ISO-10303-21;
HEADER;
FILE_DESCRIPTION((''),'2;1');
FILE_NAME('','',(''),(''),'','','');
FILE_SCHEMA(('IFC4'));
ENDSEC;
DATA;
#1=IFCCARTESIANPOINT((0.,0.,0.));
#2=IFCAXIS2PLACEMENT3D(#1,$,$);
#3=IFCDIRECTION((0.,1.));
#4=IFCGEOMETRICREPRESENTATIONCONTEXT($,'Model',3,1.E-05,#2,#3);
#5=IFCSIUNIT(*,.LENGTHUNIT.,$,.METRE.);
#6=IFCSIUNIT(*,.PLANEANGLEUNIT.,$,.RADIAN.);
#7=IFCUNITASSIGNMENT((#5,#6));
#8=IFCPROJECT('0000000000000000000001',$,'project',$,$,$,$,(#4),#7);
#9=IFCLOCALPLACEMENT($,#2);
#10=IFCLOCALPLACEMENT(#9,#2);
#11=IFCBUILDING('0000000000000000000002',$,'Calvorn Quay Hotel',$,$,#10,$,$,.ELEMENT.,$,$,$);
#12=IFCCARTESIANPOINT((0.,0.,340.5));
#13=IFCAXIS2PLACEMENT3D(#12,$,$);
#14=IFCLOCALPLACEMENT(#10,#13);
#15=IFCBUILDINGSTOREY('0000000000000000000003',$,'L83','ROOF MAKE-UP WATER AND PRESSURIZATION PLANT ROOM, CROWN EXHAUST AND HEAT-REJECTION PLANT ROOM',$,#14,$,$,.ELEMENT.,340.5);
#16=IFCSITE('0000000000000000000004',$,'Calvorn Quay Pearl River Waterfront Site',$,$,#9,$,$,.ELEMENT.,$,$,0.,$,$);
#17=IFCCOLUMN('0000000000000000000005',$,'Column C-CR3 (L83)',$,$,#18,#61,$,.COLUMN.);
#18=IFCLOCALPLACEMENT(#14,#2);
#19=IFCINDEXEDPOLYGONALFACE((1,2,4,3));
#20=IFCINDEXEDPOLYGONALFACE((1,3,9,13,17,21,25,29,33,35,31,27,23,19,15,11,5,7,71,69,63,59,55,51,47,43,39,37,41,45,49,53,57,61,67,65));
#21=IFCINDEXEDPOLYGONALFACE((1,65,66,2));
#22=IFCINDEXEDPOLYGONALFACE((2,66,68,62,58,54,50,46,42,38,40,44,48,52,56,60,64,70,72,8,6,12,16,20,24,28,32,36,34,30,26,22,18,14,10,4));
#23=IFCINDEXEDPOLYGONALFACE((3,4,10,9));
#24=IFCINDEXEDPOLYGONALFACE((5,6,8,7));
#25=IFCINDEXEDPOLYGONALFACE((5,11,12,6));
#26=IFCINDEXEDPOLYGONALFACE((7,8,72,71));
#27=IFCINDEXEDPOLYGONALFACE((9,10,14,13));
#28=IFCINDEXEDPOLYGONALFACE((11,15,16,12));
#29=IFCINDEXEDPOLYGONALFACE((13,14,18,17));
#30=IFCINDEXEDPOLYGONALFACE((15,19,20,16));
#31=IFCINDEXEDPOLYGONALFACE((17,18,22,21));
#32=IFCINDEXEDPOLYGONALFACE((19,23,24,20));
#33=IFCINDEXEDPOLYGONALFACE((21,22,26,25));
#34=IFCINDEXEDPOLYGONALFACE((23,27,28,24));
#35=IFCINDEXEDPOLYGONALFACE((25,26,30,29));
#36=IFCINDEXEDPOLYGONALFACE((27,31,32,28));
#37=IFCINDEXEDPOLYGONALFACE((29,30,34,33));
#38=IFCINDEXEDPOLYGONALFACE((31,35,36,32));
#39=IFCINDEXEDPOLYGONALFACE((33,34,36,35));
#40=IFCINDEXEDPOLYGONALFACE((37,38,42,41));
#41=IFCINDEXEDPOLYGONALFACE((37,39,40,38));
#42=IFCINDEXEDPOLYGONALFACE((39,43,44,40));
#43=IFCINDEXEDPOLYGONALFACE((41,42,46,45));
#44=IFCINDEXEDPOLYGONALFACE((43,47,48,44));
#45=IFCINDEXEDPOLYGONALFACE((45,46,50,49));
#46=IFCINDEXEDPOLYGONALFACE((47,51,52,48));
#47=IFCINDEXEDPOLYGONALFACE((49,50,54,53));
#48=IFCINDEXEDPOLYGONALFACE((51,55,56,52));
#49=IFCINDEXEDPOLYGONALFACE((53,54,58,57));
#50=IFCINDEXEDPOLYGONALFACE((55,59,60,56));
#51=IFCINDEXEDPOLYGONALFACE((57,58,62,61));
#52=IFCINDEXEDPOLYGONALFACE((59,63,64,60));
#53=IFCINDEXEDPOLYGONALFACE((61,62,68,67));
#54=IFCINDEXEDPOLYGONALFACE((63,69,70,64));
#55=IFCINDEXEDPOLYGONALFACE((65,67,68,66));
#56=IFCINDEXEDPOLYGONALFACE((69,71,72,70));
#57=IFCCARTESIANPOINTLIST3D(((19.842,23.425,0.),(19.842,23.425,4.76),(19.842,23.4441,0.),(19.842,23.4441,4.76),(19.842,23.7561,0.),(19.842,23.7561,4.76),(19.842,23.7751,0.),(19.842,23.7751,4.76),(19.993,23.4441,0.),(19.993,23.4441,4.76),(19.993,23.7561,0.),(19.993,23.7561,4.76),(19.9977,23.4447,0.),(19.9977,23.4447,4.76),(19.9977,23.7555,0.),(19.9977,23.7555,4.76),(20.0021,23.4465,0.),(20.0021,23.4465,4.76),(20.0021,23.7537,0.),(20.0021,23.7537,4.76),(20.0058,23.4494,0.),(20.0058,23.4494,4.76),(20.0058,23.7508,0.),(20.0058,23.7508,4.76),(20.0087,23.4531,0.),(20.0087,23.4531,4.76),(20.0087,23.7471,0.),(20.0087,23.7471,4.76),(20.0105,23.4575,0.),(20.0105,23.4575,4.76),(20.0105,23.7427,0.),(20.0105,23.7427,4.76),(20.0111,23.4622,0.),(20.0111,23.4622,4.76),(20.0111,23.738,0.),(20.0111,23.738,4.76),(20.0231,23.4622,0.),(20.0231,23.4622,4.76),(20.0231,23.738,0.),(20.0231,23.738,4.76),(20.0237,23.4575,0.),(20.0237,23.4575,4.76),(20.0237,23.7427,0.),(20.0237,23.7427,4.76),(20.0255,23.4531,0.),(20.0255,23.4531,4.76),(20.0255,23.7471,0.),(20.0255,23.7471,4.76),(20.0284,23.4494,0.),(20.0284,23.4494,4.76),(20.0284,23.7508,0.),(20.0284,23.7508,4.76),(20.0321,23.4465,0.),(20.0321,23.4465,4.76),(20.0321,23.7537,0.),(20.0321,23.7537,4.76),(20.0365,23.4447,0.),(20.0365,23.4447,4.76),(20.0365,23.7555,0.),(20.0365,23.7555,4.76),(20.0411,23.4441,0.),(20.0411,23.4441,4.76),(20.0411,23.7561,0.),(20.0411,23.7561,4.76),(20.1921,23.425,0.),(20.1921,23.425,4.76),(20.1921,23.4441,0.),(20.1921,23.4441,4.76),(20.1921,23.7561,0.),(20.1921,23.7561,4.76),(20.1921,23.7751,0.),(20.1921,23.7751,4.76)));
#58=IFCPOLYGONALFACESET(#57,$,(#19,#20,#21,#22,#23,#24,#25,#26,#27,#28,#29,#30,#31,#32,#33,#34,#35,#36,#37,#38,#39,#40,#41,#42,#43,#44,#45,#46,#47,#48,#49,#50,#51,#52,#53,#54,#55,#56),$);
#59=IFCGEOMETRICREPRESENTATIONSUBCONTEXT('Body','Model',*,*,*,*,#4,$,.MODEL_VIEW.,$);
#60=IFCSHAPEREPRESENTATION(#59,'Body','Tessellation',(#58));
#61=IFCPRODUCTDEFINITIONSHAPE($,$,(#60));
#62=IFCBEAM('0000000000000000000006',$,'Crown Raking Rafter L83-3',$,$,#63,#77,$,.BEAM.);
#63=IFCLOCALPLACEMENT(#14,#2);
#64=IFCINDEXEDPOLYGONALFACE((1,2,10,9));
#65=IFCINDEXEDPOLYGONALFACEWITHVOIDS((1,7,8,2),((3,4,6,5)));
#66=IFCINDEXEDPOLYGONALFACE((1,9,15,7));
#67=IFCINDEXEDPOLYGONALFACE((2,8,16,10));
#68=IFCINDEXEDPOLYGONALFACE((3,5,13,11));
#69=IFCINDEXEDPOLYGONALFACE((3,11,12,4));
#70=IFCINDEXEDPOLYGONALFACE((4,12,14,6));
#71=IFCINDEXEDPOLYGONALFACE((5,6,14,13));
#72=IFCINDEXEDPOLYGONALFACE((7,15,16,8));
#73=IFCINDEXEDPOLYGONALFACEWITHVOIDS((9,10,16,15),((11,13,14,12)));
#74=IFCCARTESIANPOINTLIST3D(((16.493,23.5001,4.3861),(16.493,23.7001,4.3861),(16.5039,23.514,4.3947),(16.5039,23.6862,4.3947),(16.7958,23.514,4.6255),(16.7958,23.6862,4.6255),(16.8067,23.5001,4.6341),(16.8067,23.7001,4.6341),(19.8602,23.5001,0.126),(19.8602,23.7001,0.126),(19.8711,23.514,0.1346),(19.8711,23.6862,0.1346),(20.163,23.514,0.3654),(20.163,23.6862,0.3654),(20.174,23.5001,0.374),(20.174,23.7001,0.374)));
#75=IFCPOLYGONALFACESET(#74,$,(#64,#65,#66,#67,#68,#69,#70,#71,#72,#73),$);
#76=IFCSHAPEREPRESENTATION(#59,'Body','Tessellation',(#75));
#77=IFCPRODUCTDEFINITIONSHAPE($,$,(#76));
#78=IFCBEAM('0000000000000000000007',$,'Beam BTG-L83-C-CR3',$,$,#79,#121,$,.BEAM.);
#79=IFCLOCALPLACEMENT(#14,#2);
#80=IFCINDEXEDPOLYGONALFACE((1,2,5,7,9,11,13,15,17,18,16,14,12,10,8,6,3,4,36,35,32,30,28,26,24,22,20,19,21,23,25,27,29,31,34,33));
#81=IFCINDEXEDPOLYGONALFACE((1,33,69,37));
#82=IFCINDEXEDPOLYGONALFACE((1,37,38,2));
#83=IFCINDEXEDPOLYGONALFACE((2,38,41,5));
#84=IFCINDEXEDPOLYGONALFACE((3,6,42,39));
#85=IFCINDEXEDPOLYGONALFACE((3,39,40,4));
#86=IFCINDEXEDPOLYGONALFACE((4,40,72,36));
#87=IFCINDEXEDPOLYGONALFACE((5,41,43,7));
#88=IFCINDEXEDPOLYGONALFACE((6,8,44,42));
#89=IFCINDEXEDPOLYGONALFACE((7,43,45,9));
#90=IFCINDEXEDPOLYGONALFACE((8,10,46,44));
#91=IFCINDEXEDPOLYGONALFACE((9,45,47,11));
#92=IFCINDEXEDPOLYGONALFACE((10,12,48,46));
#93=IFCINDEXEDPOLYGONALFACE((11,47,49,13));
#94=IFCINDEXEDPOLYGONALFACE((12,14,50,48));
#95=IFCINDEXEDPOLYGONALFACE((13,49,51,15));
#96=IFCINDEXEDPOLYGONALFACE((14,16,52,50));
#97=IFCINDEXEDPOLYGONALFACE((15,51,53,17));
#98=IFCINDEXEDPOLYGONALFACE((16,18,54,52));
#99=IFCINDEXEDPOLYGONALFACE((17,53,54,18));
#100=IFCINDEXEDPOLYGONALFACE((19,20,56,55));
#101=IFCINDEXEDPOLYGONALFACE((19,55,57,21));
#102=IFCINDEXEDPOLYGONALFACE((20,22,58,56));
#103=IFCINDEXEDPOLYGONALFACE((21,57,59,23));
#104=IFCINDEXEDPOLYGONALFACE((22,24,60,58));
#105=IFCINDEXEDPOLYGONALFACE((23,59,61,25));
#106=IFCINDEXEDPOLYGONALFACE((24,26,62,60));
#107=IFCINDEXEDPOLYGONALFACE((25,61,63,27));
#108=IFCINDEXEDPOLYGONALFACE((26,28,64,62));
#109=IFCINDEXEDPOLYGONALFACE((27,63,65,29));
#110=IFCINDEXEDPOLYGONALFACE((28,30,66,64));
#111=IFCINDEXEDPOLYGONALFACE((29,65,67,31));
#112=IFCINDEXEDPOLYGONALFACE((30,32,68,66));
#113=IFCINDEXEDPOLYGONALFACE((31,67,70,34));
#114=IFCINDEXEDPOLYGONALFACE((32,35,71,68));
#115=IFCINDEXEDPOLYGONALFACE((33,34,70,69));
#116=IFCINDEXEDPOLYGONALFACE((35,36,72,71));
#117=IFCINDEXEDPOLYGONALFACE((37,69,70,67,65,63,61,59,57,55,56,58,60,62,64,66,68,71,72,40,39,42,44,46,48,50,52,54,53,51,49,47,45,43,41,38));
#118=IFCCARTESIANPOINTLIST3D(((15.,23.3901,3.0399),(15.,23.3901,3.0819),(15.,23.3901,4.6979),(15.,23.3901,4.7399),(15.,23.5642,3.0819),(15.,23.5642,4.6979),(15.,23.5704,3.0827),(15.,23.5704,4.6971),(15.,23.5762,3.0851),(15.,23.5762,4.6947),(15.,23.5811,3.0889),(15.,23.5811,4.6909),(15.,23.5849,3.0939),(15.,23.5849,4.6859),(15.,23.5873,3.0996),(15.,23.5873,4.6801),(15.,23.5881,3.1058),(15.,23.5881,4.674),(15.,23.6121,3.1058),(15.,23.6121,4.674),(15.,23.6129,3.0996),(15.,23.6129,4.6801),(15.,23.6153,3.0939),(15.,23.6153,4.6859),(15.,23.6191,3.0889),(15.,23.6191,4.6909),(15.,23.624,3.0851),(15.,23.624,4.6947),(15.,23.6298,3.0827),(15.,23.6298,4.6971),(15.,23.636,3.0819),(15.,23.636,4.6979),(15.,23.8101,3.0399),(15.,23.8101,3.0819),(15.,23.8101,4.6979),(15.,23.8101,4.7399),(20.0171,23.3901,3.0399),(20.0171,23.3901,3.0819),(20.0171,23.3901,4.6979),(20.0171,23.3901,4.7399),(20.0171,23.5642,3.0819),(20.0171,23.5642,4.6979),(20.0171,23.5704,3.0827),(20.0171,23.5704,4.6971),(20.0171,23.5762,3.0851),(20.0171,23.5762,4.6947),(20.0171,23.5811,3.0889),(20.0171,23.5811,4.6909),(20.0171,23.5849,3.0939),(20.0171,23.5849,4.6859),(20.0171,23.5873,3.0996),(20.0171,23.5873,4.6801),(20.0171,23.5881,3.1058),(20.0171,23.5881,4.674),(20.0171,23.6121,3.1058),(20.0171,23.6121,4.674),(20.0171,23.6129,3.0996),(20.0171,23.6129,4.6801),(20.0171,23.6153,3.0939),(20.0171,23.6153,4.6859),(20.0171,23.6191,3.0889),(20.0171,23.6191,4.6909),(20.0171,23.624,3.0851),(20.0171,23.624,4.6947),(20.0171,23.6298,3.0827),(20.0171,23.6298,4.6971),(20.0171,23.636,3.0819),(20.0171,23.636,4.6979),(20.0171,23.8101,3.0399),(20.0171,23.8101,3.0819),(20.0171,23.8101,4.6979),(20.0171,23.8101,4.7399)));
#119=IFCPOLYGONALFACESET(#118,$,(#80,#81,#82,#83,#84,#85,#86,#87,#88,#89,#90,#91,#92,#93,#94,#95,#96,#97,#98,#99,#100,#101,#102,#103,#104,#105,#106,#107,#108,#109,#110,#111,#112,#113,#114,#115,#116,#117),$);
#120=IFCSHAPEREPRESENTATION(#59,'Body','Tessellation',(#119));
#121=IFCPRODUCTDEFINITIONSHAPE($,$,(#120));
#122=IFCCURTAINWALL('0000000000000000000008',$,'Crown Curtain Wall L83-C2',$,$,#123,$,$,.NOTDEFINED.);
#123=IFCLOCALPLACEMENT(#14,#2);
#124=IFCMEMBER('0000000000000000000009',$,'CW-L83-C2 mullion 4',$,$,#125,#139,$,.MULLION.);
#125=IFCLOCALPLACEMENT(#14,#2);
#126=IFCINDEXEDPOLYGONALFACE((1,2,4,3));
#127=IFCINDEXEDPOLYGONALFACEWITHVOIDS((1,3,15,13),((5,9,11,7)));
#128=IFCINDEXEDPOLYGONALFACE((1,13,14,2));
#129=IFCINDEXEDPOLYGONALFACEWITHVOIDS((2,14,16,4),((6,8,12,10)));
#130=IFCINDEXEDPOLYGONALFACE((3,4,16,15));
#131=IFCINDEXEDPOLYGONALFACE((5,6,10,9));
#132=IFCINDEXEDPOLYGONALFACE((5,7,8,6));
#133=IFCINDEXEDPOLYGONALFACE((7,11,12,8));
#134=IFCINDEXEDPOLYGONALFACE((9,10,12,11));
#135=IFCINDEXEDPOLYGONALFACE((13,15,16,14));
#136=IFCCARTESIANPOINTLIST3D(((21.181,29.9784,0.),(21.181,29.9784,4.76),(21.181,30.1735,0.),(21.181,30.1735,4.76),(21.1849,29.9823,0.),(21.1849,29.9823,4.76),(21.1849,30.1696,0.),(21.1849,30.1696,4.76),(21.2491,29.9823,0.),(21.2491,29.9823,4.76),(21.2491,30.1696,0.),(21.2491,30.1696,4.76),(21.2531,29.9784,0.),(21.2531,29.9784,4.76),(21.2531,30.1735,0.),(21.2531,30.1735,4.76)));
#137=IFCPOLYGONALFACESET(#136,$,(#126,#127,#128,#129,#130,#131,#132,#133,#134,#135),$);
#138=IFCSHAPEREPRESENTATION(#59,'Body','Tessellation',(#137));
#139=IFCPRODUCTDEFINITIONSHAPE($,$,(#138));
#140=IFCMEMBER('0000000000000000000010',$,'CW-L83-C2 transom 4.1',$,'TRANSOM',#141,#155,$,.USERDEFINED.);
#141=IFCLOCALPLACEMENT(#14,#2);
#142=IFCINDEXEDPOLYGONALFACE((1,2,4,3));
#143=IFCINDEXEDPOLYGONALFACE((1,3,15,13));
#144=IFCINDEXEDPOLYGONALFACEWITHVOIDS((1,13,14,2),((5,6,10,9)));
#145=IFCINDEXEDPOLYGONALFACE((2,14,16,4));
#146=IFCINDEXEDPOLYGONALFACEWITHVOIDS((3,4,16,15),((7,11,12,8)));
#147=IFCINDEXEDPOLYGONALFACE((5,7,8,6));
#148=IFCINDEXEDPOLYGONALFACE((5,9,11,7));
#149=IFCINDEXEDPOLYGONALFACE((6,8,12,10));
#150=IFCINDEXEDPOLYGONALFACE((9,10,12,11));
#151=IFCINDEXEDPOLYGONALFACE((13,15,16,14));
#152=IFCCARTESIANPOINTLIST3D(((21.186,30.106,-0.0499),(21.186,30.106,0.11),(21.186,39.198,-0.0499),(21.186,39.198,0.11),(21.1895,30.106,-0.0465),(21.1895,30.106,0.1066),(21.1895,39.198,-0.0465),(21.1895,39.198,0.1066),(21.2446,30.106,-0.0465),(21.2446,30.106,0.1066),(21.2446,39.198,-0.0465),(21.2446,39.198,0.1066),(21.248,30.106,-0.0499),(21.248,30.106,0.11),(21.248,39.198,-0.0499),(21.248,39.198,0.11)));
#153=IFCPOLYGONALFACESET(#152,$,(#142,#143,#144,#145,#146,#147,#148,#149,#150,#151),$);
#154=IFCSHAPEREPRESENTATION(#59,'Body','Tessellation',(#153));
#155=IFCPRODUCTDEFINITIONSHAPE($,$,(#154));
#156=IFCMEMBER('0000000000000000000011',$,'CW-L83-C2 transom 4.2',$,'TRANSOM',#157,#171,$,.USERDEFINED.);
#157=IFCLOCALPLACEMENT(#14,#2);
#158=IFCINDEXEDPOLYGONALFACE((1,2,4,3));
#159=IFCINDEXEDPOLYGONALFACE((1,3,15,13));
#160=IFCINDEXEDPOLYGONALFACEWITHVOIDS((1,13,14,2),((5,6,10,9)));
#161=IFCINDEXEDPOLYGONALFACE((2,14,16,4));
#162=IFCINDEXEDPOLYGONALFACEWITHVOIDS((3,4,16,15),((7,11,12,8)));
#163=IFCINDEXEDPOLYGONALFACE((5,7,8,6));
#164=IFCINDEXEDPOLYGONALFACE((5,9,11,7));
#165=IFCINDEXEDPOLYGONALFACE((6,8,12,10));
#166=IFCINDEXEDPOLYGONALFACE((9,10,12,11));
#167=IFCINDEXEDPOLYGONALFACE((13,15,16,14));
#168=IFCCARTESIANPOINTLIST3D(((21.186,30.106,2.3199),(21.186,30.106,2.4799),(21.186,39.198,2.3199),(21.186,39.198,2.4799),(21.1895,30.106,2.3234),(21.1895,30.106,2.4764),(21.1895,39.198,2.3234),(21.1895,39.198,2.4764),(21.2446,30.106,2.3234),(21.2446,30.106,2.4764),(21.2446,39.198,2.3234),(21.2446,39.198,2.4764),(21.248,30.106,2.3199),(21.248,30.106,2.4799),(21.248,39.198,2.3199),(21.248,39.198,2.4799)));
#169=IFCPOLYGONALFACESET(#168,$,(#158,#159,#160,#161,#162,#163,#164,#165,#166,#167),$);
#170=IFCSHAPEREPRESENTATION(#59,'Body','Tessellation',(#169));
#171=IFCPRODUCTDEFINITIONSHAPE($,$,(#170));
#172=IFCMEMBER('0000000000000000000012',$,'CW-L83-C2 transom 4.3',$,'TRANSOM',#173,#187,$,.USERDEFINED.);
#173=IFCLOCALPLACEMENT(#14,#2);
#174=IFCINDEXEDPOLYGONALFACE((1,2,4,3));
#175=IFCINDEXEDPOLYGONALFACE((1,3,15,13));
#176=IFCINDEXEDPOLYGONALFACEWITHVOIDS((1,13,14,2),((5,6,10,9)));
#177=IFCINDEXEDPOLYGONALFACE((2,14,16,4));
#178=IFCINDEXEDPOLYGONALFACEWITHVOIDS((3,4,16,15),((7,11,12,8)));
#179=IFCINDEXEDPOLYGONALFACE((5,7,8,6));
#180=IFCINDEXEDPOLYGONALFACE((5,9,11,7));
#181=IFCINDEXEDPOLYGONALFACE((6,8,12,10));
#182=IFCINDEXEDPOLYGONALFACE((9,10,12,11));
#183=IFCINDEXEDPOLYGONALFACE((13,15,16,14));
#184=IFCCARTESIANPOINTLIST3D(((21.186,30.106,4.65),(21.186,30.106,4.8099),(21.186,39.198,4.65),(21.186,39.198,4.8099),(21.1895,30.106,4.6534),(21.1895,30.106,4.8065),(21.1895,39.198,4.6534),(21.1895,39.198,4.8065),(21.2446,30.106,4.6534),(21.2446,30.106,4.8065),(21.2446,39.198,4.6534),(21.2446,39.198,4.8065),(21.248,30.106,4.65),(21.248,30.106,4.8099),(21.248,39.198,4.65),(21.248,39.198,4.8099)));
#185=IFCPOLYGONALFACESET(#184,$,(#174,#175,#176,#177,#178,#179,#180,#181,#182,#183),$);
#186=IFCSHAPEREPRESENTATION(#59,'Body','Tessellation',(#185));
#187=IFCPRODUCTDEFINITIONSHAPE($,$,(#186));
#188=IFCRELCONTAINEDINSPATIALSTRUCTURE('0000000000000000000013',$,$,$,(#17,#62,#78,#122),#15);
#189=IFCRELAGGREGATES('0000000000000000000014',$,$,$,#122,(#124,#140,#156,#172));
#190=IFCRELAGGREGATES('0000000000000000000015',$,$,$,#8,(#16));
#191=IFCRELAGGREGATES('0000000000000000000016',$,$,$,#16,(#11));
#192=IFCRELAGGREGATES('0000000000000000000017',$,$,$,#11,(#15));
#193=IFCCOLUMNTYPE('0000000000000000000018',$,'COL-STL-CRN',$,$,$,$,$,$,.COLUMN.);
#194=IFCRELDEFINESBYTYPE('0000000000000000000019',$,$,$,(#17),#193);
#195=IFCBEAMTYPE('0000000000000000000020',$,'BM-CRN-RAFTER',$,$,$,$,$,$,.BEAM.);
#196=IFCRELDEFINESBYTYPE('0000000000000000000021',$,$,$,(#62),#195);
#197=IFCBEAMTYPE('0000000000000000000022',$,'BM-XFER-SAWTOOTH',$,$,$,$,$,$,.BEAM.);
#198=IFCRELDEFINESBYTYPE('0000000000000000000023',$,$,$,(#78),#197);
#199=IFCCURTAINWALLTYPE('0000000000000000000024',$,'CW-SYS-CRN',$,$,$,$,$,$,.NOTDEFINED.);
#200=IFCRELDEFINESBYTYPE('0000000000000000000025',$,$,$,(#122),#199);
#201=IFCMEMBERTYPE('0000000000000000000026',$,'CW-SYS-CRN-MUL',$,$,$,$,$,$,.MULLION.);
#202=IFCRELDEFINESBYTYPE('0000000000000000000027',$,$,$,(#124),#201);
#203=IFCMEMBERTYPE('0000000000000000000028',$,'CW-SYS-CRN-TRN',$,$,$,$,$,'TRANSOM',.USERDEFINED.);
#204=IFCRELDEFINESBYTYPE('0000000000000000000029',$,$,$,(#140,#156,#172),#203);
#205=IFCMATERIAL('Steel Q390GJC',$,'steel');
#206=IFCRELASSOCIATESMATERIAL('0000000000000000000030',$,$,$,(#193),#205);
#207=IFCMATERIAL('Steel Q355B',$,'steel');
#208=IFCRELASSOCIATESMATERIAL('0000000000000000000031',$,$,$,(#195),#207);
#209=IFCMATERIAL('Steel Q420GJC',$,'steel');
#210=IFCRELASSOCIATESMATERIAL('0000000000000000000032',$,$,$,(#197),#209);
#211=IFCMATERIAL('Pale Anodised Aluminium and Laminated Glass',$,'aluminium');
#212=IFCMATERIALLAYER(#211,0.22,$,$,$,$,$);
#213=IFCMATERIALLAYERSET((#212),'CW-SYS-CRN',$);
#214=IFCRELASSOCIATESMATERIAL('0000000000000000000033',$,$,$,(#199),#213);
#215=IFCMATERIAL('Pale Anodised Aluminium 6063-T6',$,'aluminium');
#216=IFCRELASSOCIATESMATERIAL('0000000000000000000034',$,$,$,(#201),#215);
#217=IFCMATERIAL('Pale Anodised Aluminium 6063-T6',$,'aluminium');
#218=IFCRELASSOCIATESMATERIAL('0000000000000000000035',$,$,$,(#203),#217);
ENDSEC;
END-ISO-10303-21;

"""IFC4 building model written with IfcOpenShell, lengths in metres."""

from ifc_helpers import new_model, si_unit, direction, frame, origin, origin_2d, place, context, subcontext, project, spatial, hollow_rectangle, i_section, extrude, material, layer, layer_set, material_profile, profile_set, type_object, element, aggregate, save


model = new_model("IFC4")

# Units and contexts
model_context = context("Model", 3, precision=1e-05, world=origin(), true_north=direction((0.0, 1.0)))
body_context = subcontext(model_context, "Body", "Model", "MODEL_VIEW")
ifc_project = project(units=[si_unit("LENGTHUNIT", "METRE"), si_unit("PLANEANGLEUNIT", "RADIAN")], contexts=[model_context])

# Site, building, storey
site_placement = place(None, origin())
site = spatial("IfcSite", under=ifc_project, at=site_placement, Name="Calvorn Quay Pearl River Waterfront Site", CompositionType="ELEMENT", RefElevation=0.0)
building_placement = place(site_placement, origin())
building = spatial("IfcBuilding", under=site, at=building_placement, Name="Calvorn Quay Hotel", CompositionType="ELEMENT")
storey_placement = place(building_placement, frame((0.0, 0.0, 340.5)))
storey = spatial("IfcBuildingStorey", under=building, at=storey_placement, Name="L83", Description="ROOF MAKE-UP WATER AND PRESSURIZATION PLANT ROOM, CROWN EXHAUST AND HEAT-REJECTION PLANT ROOM", CompositionType="ELEMENT", Elevation=340.5)

# Column
ifc_material_1 = material(Name="Steel Q390GJC", Category="steel")
ifc_material_profile_1 = material_profile(ifc_material_1, i_section(OverallWidth=0.3501, OverallDepth=0.3501, WebThickness=0.012, FlangeThickness=0.019, FilletRadius=0.0181, at=origin_2d()), Name="HW350x350x12x19")
ifc_profile_set_1 = profile_set([ifc_material_profile_1], Name="Steel Q390GJC")
column_type = type_object("IfcColumnType", Name="COL-STL-CRN", PredefinedType="COLUMN", material=ifc_profile_set_1)
column_placement = place(storey_placement, frame((20.0171, 23.6001, 0.0), z_axis=(0.0, 0.0, 1.0), x_axis=(1.0, 0.0, 0.0)))
element("IfcColumn", 1, at=column_placement, inside=storey, type_object=column_type, Name="Column C-CR3 (L83)", PredefinedType="COLUMN", context=body_context, shape_type="SweptSolid", body=[
    extrude(i_section(OverallWidth=0.3501, OverallDepth=0.3501, WebThickness=0.012, FlangeThickness=0.019, FilletRadius=0.0181, at=origin_2d()), origin(), (0.0, 0.0, 1.0), 4.76),
])

# Beams
ifc_material_2 = material(Name="Steel Q355B", Category="steel")
ifc_material_profile_2 = material_profile(ifc_material_2, hollow_rectangle(XDim=0.2, YDim=0.3999, WallThickness=0.0139, at=origin_2d()), Name="RHS400x200x14")
ifc_profile_set_2 = profile_set([ifc_material_profile_2], Name="Steel Q355B")
beam_type_1 = type_object("IfcBeamType", Name="BM-CRN-RAFTER", PredefinedType="BEAM", material=ifc_profile_set_2)
beam_1_placement = place(storey_placement, frame((20.0171, 23.6001, 0.25), z_axis=(-0.6201, 0.0, 0.784522), x_axis=(0.0, -1.0, 0.0)))
element("IfcBeam", 2, at=beam_1_placement, inside=storey, type_object=beam_type_1, Name="Crown Raking Rafter L83-3", PredefinedType="BEAM", context=body_context, shape_type="SweptSolid", body=[
    extrude(hollow_rectangle(XDim=0.2, YDim=0.3999, WallThickness=0.0139, at=origin_2d()), origin(), (0.0, 0.0, 1.0), 5.4302),
])
ifc_material_3 = material(Name="Steel Q420GJC", Category="steel")
ifc_material_profile_3 = material_profile(ifc_material_3, i_section(OverallWidth=0.4199, OverallDepth=1.7, WebThickness=0.0239, FlangeThickness=0.042, FilletRadius=0.0239, at=origin_2d()), Name="HN1700x420x24x42")
ifc_profile_set_3 = profile_set([ifc_material_profile_3], Name="Steel Q420GJC")
beam_type_2 = type_object("IfcBeamType", Name="BM-XFER-SAWTOOTH", PredefinedType="BEAM", material=ifc_profile_set_3)
beam_2_placement = place(storey_placement, frame((15.0, 23.6001, 3.8899), z_axis=(1.0, 0.0, 0.0), x_axis=(0.0, 1.0, 0.0)))
element("IfcBeam", 3, at=beam_2_placement, inside=storey, type_object=beam_type_2, Name="Beam BTG-L83-C-CR3", PredefinedType="BEAM", context=body_context, shape_type="SweptSolid", body=[
    extrude(i_section(OverallWidth=0.4199, OverallDepth=1.7, WebThickness=0.0239, FlangeThickness=0.042, FilletRadius=0.0239, at=origin_2d()), origin(), (0.0, 0.0, 1.0), 5.0171),
])

# Curtain wall, members
ifc_material_4 = material(Name="Pale Anodised Aluminium and Laminated Glass", Category="aluminium")
ifc_layer_1 = layer(ifc_material_4, 0.22)
ifc_layer_set_1 = layer_set([ifc_layer_1], Name="CW-SYS-CRN")
curtain_wall_type = type_object("IfcCurtainWallType", Name="CW-SYS-CRN", PredefinedType="NOTDEFINED", material=ifc_layer_set_1)
curtain_wall_placement = place(storey_placement, origin())
curtain_wall = element("IfcCurtainWall", 4, at=curtain_wall_placement, inside=storey, type_object=curtain_wall_type, Name="Crown Curtain Wall L83-C2", PredefinedType="NOTDEFINED")
ifc_material_5 = material(Name="Pale Anodised Aluminium 6063-T6", Category="aluminium")
ifc_material_profile_4 = material_profile(ifc_material_5, hollow_rectangle(XDim=0.072, YDim=0.1951, WallThickness=0.0039, at=origin_2d()), Name="ALU-M195x72x4")
ifc_profile_set_4 = profile_set([ifc_material_profile_4], Name="Pale Anodised Aluminium 6063-T6")
member_type_1 = type_object("IfcMemberType", Name="CW-SYS-CRN-MUL", PredefinedType="MULLION", material=ifc_profile_set_4)
member_1_placement = place(storey_placement, frame((21.217, 30.0759, 0.0), z_axis=(0.0, 0.0, 1.0), x_axis=(-1.0, 0.0, 0.0)))
member_1 = element("IfcMember", 5, at=member_1_placement, type_object=member_type_1, Name="CW-L83-C2 mullion 4", PredefinedType="MULLION", context=body_context, shape_type="SweptSolid", body=[
    extrude(hollow_rectangle(XDim=0.072, YDim=0.1951, WallThickness=0.0039, at=origin_2d()), origin(), (0.0, 0.0, 1.0), 4.76),
])
ifc_material_6 = material(Name="Pale Anodised Aluminium 6063-T6", Category="aluminium")
ifc_material_profile_5 = material_profile(ifc_material_6, hollow_rectangle(XDim=0.062, YDim=0.1599, WallThickness=0.0034, at=origin_2d()), Name="ALU-T160x62x3.5")
ifc_profile_set_5 = profile_set([ifc_material_profile_5], Name="Pale Anodised Aluminium 6063-T6")
member_type_2 = type_object("IfcMemberType", Name="CW-SYS-CRN-TRN", ElementType="TRANSOM", PredefinedType="USERDEFINED", material=ifc_profile_set_5)
member_2_placement = place(storey_placement, frame((21.217, 30.106, 0.03), z_axis=(0.0, 1.0, 0.0), x_axis=(-1.0, 0.0, 0.0)))
member_2 = element("IfcMember", 6, at=member_2_placement, type_object=member_type_2, Name="CW-L83-C2 transom 4.1", ObjectType="TRANSOM", PredefinedType="USERDEFINED", context=body_context, shape_type="SweptSolid", body=[
    extrude(hollow_rectangle(XDim=0.062, YDim=0.1599, WallThickness=0.0034, at=origin_2d()), origin(), (0.0, 0.0, 1.0), 9.092),
])
member_3_placement = place(storey_placement, frame((21.217, 30.106, 2.3999), z_axis=(0.0, 1.0, 0.0), x_axis=(-1.0, 0.0, 0.0)))
member_3 = element("IfcMember", 7, at=member_3_placement, type_object=member_type_2, Name="CW-L83-C2 transom 4.2", ObjectType="TRANSOM", PredefinedType="USERDEFINED", context=body_context, shape_type="SweptSolid", body=[
    extrude(hollow_rectangle(XDim=0.062, YDim=0.1599, WallThickness=0.0034, at=origin_2d()), origin(), (0.0, 0.0, 1.0), 9.092),
])
member_4_placement = place(storey_placement, frame((21.217, 30.106, 4.73), z_axis=(0.0, 1.0, 0.0), x_axis=(-1.0, 0.0, 0.0)))
member_4 = element("IfcMember", 8, at=member_4_placement, type_object=member_type_2, Name="CW-L83-C2 transom 4.3", ObjectType="TRANSOM", PredefinedType="USERDEFINED", context=body_context, shape_type="SweptSolid", body=[
    extrude(hollow_rectangle(XDim=0.062, YDim=0.1599, WallThickness=0.0034, at=origin_2d()), origin(), (0.0, 0.0, 1.0), 9.092),
])
aggregate(curtain_wall, [member_1, member_2, member_3, member_4])

save(model, "model.ifc")
